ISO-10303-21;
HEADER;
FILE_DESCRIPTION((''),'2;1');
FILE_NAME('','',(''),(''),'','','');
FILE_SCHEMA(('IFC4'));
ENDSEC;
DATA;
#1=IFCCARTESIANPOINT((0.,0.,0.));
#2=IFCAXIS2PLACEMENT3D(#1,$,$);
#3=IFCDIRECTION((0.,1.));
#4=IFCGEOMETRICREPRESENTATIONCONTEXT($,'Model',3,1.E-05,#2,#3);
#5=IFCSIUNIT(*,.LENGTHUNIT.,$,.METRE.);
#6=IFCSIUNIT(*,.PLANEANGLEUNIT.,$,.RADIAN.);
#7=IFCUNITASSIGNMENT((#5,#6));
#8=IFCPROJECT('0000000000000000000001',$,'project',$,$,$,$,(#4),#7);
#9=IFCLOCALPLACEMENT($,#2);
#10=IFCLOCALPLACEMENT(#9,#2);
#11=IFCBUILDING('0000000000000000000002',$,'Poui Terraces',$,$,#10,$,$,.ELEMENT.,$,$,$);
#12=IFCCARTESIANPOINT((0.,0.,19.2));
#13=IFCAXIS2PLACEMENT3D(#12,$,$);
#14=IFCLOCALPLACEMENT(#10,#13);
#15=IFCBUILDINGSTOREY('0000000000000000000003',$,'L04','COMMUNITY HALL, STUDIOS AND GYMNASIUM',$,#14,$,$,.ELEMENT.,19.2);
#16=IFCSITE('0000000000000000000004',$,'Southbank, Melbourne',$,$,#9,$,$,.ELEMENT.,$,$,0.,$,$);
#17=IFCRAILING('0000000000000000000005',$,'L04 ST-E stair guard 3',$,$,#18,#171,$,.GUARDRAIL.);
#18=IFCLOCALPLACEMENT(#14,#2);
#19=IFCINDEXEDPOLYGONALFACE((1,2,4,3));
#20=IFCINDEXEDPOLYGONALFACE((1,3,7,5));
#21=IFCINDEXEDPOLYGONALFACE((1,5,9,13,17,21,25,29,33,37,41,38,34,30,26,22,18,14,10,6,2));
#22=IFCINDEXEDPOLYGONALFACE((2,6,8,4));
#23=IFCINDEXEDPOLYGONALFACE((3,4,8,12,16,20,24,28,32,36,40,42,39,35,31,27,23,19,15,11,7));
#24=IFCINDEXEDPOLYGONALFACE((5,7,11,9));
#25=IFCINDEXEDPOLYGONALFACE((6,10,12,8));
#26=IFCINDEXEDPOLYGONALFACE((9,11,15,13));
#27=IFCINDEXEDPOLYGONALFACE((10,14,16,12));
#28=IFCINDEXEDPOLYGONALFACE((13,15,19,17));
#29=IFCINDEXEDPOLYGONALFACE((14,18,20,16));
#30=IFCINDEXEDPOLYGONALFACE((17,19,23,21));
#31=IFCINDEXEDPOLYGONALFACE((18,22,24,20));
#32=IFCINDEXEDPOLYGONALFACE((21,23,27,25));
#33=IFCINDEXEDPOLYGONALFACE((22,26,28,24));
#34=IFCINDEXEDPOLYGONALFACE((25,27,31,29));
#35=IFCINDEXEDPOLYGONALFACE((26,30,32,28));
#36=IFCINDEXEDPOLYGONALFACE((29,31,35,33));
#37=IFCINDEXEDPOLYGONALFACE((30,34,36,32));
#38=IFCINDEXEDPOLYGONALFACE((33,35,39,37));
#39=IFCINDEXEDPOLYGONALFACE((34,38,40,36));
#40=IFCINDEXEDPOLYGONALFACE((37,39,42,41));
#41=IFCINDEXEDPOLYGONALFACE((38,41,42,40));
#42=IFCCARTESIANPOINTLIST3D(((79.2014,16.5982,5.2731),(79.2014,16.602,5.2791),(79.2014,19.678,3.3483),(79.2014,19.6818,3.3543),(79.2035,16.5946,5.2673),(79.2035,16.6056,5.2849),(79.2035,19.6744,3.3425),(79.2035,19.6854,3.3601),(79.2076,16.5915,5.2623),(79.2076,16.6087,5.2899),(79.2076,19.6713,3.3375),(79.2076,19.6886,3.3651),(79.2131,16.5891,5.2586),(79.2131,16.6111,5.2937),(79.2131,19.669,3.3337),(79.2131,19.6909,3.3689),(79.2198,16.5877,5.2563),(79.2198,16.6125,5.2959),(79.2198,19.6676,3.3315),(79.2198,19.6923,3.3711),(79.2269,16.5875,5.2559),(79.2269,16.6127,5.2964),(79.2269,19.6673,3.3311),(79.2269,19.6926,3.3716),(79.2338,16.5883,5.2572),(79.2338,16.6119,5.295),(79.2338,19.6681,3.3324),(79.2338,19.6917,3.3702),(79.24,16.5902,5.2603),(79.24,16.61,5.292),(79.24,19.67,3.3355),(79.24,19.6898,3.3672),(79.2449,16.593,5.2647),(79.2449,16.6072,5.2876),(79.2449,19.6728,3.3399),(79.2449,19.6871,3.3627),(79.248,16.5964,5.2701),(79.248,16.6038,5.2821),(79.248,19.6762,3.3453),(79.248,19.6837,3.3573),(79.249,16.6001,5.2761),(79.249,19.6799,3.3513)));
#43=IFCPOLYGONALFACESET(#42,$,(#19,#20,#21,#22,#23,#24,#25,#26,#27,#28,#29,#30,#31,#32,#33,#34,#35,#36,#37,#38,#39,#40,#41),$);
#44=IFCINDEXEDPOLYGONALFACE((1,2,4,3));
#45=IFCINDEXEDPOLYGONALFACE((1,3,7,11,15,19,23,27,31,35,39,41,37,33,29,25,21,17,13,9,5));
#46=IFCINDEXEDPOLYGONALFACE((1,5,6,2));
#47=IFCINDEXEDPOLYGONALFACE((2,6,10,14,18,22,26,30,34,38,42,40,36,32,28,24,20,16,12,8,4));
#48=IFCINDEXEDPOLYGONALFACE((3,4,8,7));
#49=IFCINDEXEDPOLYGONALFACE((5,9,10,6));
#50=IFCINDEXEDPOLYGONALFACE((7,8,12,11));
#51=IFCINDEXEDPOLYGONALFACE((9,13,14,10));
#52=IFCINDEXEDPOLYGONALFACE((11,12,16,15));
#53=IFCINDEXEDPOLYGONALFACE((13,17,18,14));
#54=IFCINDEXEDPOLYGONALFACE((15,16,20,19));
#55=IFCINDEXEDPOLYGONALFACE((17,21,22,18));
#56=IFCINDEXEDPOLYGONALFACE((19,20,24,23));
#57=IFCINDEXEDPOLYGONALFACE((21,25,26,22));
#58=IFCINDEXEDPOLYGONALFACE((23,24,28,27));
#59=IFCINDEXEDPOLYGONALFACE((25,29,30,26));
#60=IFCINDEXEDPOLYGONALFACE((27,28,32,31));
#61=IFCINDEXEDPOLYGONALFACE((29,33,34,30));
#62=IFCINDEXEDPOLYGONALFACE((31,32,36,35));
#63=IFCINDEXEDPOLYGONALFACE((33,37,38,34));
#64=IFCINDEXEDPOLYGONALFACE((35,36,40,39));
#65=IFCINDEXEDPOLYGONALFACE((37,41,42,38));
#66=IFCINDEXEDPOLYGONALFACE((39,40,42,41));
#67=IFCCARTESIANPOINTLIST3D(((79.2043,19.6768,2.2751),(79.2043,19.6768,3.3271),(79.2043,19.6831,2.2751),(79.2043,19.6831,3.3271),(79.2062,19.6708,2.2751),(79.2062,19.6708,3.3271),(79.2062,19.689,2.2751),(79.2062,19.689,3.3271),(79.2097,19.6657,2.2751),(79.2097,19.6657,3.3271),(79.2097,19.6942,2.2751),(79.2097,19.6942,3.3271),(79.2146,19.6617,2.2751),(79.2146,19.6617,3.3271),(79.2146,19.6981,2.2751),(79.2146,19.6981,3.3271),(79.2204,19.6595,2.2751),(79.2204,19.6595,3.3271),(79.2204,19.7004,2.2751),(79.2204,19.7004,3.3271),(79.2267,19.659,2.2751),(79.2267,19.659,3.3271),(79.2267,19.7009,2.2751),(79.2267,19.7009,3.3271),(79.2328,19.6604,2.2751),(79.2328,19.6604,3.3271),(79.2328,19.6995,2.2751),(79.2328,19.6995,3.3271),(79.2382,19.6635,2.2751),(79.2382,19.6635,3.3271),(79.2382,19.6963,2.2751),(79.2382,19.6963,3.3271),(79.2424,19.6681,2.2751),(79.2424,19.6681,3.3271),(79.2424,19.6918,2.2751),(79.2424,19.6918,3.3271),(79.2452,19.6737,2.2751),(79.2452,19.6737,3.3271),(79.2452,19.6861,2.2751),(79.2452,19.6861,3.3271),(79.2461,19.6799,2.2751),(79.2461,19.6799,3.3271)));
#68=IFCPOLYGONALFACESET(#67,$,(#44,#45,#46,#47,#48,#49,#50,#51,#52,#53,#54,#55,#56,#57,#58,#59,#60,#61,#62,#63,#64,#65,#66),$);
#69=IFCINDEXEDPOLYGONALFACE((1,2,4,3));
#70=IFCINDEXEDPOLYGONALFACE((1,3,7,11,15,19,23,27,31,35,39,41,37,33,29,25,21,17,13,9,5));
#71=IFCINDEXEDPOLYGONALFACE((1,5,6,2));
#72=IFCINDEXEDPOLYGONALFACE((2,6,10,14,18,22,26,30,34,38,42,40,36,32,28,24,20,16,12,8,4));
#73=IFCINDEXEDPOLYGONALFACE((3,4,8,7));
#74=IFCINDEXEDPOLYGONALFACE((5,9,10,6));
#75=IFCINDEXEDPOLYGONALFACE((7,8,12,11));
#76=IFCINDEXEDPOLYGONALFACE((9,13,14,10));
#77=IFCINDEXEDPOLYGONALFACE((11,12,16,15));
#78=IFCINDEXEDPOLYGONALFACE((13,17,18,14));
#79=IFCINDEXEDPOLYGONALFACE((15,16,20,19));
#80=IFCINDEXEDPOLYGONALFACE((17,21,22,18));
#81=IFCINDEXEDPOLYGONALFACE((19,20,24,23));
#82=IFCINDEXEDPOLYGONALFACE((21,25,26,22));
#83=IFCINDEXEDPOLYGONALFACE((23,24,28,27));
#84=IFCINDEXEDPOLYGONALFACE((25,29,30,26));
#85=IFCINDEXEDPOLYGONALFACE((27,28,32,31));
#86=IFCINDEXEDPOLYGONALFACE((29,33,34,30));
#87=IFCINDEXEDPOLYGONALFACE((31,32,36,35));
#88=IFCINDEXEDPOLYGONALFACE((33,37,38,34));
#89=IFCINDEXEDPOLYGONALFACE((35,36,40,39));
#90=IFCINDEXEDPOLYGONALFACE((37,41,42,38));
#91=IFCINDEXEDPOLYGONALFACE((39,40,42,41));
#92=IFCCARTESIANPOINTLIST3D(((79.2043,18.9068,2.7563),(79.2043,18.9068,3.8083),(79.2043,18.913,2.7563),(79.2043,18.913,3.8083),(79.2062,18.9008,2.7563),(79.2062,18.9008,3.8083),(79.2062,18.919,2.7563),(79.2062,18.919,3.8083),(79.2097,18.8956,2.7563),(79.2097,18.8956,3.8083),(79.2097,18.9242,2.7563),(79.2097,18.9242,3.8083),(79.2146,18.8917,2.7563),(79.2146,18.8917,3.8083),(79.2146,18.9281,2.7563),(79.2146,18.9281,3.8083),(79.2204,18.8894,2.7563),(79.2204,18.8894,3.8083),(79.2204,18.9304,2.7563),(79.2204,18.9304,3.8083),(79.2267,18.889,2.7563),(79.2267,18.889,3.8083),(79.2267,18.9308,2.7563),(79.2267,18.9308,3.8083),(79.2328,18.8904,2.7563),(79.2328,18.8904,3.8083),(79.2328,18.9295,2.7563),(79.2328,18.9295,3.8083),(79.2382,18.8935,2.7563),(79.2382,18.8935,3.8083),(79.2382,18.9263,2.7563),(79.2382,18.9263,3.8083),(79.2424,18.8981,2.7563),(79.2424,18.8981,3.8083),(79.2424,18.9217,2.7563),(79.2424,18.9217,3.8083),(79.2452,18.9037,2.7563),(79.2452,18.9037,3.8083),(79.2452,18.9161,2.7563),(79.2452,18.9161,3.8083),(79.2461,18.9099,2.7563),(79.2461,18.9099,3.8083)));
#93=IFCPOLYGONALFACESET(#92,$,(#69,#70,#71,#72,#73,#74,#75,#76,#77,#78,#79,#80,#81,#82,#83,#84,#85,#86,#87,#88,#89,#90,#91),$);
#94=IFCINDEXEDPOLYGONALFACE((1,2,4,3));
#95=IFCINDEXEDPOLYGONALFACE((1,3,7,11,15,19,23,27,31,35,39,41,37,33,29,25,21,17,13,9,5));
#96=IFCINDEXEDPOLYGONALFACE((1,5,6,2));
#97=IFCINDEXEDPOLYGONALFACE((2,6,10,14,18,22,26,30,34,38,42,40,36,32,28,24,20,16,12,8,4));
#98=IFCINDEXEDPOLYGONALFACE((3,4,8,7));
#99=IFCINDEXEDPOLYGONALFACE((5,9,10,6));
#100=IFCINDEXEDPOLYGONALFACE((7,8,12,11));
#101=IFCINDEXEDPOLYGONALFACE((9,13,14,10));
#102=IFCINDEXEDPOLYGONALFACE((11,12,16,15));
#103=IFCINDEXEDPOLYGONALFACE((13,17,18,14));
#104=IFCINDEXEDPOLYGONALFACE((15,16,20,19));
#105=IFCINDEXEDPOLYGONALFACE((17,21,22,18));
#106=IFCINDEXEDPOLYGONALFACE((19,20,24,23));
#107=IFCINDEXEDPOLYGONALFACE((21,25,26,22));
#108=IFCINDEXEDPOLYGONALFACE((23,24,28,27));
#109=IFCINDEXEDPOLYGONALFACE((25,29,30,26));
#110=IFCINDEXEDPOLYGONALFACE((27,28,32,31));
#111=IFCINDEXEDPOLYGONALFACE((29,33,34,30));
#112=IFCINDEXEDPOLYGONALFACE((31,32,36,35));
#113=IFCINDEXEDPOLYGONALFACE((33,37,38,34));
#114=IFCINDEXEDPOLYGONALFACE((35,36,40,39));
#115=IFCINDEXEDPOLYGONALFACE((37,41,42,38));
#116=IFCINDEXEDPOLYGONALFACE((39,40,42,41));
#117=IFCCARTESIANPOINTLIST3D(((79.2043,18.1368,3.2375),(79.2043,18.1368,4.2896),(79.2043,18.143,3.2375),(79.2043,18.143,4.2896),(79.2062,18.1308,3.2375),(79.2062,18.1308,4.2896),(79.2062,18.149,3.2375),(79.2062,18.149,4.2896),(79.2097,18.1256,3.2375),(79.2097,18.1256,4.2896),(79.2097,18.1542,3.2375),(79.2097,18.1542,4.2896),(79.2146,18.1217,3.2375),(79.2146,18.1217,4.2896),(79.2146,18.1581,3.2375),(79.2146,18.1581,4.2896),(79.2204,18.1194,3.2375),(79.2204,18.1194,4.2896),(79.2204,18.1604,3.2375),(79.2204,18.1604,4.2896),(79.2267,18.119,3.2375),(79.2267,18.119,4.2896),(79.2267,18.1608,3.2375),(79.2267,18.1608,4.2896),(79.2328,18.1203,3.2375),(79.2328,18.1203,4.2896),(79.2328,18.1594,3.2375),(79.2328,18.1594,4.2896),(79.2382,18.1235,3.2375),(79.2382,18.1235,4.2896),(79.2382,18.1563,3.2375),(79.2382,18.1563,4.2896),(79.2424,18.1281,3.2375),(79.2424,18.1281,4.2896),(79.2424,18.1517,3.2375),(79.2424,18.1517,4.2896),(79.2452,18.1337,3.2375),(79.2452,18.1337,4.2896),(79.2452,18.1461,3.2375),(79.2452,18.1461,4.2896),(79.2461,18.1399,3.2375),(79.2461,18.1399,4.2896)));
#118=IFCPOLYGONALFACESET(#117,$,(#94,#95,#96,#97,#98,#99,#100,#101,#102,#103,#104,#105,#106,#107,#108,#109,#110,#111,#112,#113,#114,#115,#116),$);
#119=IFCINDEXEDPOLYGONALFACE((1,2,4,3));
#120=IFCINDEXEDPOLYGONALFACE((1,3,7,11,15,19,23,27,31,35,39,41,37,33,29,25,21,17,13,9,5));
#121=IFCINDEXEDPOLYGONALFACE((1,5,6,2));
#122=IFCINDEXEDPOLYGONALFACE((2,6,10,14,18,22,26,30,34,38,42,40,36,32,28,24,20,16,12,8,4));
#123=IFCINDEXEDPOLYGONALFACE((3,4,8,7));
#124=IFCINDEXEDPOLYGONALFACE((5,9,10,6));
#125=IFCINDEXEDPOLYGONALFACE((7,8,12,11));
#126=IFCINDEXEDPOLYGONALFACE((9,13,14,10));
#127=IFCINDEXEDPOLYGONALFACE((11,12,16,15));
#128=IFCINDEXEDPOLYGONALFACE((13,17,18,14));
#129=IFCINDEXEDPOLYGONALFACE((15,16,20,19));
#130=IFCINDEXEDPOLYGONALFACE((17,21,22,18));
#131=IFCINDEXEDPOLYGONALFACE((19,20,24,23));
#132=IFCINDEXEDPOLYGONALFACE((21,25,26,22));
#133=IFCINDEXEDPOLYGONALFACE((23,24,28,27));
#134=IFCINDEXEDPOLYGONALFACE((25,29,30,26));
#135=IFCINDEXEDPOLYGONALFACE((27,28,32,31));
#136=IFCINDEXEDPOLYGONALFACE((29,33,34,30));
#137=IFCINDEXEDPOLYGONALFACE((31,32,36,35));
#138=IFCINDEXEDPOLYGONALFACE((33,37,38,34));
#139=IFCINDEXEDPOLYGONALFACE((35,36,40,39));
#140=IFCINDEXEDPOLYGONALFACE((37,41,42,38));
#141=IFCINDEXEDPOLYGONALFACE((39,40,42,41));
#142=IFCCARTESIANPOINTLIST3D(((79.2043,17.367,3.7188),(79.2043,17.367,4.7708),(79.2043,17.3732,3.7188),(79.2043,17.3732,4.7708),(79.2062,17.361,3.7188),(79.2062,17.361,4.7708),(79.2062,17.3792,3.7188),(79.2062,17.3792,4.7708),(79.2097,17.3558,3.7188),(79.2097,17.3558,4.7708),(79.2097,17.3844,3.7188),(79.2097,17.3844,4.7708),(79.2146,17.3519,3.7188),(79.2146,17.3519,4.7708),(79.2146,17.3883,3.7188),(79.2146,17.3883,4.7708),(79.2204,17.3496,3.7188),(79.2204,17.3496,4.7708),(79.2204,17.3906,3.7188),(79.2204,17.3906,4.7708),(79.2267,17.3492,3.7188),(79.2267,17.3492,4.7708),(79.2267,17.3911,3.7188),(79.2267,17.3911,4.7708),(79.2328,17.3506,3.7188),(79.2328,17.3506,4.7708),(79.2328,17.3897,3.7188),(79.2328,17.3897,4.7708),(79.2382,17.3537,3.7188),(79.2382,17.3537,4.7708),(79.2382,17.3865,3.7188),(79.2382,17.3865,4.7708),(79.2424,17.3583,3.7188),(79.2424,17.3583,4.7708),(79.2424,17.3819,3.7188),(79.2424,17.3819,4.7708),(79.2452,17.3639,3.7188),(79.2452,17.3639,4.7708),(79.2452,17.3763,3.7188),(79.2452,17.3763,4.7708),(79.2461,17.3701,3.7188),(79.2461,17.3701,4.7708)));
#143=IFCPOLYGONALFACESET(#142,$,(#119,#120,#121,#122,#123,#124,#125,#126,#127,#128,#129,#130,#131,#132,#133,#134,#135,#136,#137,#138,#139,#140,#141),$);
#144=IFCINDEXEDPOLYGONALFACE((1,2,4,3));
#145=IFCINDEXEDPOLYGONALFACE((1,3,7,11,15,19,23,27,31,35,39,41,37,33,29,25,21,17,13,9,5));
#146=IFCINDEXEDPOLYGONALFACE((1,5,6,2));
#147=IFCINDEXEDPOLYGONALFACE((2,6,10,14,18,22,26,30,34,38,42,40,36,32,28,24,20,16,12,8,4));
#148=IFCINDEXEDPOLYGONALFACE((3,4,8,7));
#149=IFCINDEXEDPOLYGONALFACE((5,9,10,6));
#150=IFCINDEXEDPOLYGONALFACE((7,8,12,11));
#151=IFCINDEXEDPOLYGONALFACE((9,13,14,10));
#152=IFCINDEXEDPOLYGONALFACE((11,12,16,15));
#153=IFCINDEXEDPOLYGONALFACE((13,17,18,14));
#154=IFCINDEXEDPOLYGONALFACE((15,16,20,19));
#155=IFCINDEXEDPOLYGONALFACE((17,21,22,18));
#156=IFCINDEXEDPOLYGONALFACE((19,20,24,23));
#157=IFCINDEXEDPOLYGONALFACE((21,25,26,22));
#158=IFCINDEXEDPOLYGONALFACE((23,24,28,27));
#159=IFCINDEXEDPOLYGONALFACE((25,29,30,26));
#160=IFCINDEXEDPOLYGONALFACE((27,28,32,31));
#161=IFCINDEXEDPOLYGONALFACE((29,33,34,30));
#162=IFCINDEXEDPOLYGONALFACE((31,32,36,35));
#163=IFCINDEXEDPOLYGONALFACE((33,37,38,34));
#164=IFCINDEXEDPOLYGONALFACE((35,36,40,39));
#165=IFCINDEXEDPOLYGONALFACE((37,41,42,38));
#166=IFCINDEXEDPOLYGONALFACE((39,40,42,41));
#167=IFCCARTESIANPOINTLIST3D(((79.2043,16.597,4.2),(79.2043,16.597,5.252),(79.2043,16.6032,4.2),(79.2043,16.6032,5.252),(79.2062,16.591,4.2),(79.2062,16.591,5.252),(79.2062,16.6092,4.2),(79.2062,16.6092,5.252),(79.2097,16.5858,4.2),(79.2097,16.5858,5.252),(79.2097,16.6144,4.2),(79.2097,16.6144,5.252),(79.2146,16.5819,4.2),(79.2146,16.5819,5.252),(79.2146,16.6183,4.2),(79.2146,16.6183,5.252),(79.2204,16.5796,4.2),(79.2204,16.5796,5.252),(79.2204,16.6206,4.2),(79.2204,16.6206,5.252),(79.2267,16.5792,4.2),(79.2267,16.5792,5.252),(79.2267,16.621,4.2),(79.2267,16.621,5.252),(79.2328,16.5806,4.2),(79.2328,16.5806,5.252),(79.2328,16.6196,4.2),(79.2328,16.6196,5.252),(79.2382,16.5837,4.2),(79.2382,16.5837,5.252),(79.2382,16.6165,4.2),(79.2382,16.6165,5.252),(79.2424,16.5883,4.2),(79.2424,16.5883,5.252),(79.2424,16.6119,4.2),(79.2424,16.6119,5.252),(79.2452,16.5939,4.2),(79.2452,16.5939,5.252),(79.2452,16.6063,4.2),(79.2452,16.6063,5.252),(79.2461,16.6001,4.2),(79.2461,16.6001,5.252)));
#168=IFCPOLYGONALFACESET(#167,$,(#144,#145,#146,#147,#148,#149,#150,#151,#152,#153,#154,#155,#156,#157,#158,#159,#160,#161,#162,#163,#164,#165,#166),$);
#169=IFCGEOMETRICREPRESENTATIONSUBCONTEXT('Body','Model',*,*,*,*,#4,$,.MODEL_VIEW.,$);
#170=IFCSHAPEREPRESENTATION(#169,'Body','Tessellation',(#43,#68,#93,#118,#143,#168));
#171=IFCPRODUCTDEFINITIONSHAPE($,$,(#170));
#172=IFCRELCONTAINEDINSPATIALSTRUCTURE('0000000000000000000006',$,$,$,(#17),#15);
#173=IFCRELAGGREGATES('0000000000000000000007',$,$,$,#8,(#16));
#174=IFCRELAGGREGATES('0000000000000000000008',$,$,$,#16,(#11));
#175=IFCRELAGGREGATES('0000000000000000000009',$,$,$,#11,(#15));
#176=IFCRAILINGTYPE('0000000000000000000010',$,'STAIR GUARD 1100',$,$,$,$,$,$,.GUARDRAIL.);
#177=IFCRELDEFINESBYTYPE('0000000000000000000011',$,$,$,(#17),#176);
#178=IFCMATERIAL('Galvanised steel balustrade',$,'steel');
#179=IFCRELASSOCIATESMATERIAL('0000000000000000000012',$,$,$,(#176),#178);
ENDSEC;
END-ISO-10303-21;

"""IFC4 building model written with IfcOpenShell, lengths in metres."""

from ifc_helpers import new_model, si_unit, direction, frame, origin, origin_2d, place, context, subcontext, project, spatial, circle, extrude, material, type_object, element, save


model = new_model("IFC4")

# Units and contexts
model_context = context("Model", 3, precision=1e-05, world=origin(), true_north=direction((0.0, 1.0)))
body_context = subcontext(model_context, "Body", "Model", "MODEL_VIEW")
ifc_project = project(units=[si_unit("LENGTHUNIT", "METRE"), si_unit("PLANEANGLEUNIT", "RADIAN")], contexts=[model_context])

# Site, building, storey
site_placement = place(None, origin())
site = spatial("IfcSite", under=ifc_project, at=site_placement, Name="Southbank, Melbourne", CompositionType="ELEMENT", RefElevation=0.0)
building_placement = place(site_placement, origin())
building = spatial("IfcBuilding", under=site, at=building_placement, Name="Poui Terraces", CompositionType="ELEMENT")
storey_placement = place(building_placement, frame((0.0, 0.0, 19.2)))
storey = spatial("IfcBuildingStorey", under=building, at=storey_placement, Name="L04", Description="COMMUNITY HALL, STUDIOS AND GYMNASIUM", CompositionType="ELEMENT", Elevation=19.2)

# Railing
ifc_material_1 = material(Name="Galvanised steel balustrade", Category="steel")
railing_type_1 = type_object("IfcRailingType", Name="STAIR GUARD 1100", PredefinedType="GUARDRAIL", material=ifc_material_1)
railing_1_placement = place(storey_placement, frame((79.2251, 19.6799, 2.2751)))
element("IfcRailing", 1, at=railing_1_placement, inside=storey, type_object=railing_type_1, Name="L04 ST-E stair guard 3", PredefinedType="GUARDRAIL", context=body_context, shape_type="SweptSolid", body=[
    extrude(circle(Radius=0.0239, at=origin_2d()), frame((0.0, 0.0, 1.0762), z_axis=(0.0, -0.84801, 0.529981), x_axis=(1.0, 0.0, 0.0)), (0.0, 0.0, 1.0), 3.6318),
    extrude(circle(Radius=0.021, at=origin_2d()), origin(), (0.0, 0.0, 1.0), 1.052),
    extrude(circle(Radius=0.021, at=origin_2d()), frame((0.0, -0.77, 0.4812)), (0.0, 0.0, 1.0), 1.052),
    extrude(circle(Radius=0.021, at=origin_2d()), frame((0.0, -1.54, 0.9624)), (0.0, 0.0, 1.0), 1.052),
    extrude(circle(Radius=0.021, at=origin_2d()), frame((0.0, -2.3098, 1.4436)), (0.0, 0.0, 1.0), 1.052),
    extrude(circle(Radius=0.021, at=origin_2d()), frame((0.0, -3.0798, 1.9248)), (0.0, 0.0, 1.0), 1.052),
])

save(model, "model.ifc")
